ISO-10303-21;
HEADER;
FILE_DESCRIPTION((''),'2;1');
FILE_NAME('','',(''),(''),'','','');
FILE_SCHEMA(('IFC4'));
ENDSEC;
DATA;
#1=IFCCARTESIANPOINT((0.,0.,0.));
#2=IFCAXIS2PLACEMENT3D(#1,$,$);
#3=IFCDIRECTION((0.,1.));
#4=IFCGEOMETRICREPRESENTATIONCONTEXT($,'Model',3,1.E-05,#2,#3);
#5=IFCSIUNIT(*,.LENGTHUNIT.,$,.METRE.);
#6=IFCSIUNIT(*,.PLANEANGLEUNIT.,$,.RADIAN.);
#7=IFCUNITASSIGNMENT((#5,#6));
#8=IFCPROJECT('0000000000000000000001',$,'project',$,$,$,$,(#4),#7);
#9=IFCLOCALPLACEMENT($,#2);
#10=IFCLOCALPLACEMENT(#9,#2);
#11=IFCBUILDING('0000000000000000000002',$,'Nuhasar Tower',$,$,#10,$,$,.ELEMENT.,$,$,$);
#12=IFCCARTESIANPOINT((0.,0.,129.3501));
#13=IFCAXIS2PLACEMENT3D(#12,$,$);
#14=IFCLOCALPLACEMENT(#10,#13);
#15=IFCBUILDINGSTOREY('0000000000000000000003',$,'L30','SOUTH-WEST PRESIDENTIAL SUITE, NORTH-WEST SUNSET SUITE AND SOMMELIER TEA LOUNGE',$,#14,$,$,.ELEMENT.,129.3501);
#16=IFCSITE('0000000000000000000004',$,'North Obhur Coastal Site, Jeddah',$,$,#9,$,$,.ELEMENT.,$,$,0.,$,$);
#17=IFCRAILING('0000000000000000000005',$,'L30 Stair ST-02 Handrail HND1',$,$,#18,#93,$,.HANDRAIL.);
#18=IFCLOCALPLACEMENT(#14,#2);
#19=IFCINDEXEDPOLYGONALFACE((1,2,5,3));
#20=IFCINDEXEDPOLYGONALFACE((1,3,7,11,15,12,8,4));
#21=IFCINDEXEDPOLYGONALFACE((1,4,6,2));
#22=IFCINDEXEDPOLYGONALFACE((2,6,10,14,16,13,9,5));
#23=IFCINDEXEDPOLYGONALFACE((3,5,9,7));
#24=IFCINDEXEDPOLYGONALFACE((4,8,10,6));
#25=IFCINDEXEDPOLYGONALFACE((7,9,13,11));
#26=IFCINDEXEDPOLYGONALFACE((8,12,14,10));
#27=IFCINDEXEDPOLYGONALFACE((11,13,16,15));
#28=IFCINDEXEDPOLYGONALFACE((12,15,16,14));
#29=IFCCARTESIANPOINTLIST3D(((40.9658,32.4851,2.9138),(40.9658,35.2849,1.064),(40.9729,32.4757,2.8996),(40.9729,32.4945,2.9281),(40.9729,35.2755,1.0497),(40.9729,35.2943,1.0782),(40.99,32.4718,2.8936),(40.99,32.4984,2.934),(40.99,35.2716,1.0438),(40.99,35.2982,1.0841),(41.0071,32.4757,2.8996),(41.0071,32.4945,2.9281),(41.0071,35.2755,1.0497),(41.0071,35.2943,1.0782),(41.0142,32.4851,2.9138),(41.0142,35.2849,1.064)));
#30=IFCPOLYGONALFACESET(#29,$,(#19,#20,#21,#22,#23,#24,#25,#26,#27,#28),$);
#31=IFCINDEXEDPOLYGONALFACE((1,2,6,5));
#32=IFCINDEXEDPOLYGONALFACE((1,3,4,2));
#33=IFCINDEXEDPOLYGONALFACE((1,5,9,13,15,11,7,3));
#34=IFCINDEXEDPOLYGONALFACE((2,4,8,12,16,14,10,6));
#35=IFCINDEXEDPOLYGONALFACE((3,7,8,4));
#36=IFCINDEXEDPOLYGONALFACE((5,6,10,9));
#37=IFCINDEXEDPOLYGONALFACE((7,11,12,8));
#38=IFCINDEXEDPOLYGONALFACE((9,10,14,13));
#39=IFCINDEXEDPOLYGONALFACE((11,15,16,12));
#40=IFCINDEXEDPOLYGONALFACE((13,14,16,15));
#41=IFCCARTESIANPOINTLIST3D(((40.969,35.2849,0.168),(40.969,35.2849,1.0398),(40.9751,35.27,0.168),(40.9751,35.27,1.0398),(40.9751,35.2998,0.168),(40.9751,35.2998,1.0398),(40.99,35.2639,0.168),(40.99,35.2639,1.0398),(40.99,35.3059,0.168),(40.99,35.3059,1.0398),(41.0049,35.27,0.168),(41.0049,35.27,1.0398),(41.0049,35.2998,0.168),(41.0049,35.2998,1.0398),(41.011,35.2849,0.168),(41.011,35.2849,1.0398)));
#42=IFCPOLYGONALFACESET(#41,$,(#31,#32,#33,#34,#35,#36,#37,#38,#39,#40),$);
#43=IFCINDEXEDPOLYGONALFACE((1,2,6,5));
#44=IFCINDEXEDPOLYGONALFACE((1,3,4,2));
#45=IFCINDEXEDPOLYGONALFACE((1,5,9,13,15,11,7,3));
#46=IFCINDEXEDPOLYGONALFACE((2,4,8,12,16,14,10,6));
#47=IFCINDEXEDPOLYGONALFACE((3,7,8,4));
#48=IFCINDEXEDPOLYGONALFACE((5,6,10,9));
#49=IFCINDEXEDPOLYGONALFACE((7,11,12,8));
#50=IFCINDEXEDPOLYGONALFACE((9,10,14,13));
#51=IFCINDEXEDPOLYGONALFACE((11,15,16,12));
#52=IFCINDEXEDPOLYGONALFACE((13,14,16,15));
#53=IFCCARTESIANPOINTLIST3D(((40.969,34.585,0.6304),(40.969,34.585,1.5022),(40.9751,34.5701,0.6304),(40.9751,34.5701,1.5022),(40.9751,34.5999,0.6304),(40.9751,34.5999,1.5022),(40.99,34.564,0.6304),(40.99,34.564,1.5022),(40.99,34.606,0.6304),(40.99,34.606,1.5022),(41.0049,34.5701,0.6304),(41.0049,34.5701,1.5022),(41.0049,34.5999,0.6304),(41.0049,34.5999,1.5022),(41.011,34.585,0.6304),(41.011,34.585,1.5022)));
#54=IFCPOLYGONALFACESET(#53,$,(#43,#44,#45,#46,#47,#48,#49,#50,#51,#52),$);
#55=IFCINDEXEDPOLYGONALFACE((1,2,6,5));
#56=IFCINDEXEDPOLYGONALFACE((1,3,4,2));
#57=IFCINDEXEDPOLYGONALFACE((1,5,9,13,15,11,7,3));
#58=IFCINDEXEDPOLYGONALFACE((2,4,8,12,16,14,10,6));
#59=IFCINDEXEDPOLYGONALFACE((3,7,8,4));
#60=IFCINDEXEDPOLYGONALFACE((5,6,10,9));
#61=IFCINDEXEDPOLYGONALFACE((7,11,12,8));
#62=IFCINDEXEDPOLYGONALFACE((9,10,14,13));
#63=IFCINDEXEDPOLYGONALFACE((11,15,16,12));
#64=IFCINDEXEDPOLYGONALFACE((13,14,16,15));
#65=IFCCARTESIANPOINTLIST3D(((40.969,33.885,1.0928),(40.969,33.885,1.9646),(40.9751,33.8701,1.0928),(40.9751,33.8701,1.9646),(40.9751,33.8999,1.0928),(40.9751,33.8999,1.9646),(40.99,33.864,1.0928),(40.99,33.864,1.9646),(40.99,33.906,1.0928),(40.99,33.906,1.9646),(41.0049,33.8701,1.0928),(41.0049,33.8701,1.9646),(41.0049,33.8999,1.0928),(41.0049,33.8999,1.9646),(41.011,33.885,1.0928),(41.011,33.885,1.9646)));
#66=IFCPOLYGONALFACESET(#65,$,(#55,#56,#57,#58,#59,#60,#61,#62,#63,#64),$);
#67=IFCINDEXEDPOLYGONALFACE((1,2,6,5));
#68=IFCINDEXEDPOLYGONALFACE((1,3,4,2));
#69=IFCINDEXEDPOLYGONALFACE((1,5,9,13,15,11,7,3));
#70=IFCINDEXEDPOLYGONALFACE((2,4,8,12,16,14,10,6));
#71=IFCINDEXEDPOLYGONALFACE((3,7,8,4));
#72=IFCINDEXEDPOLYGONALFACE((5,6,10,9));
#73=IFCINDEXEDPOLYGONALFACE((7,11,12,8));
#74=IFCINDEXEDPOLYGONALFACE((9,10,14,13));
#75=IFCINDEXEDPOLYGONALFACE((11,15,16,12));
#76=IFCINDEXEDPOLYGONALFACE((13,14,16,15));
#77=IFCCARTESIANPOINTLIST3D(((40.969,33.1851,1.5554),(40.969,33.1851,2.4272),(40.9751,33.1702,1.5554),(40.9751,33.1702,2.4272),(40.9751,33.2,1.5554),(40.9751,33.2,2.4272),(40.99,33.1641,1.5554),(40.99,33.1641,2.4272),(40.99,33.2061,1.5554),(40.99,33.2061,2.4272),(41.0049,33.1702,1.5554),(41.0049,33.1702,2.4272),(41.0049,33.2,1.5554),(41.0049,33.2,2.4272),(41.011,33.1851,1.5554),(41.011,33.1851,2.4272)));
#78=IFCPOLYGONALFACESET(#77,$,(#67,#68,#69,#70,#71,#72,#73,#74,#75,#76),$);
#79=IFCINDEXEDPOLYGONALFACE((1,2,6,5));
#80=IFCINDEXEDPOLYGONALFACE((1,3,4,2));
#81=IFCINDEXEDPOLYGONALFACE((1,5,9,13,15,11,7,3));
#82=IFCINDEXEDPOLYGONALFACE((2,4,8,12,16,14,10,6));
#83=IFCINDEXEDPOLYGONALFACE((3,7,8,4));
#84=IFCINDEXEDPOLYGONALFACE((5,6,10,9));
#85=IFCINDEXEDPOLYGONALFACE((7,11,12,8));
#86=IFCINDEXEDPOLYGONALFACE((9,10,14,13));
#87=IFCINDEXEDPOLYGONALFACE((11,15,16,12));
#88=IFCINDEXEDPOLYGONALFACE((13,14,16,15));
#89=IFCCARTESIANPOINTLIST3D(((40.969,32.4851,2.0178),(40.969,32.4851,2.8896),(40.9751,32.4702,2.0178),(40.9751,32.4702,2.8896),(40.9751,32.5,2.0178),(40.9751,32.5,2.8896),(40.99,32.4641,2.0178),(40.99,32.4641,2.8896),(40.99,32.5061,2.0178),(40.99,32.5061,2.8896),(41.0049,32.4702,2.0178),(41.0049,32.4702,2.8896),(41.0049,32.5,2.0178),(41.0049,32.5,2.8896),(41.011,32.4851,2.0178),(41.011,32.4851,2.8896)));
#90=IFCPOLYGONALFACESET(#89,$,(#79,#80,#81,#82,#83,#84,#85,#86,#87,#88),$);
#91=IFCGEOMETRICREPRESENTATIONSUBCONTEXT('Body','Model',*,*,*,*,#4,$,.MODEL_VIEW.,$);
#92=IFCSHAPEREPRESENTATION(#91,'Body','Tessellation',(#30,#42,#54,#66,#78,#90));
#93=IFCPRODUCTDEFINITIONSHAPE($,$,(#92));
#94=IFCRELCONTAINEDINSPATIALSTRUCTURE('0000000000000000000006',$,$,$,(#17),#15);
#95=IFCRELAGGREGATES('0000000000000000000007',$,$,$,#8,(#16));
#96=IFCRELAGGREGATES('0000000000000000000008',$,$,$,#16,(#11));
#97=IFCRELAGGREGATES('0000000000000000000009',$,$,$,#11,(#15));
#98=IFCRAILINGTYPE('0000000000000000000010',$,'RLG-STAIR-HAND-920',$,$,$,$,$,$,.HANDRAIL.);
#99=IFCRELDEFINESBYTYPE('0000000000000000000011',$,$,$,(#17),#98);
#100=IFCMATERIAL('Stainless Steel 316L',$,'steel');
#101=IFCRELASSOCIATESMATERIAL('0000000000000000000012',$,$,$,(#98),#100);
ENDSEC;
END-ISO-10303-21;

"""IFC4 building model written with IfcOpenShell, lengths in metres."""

from ifc_helpers import new_model, si_unit, direction, frame, origin, place, context, subcontext, project, spatial, polyline, outline, extrude, material, type_object, element, save


model = new_model("IFC4")

# Units and contexts
model_context = context("Model", 3, precision=1e-05, world=origin(), true_north=direction((0.0, 1.0)))
body_context = subcontext(model_context, "Body", "Model", "MODEL_VIEW")
ifc_project = project(units=[si_unit("LENGTHUNIT", "METRE"), si_unit("PLANEANGLEUNIT", "RADIAN")], contexts=[model_context])

# Site, building, storey
site_placement = place(None, origin())
site = spatial("IfcSite", under=ifc_project, at=site_placement, Name="North Obhur Coastal Site, Jeddah", CompositionType="ELEMENT", RefElevation=0.0)
building_placement = place(site_placement, origin())
building = spatial("IfcBuilding", under=site, at=building_placement, Name="Nuhasar Tower", CompositionType="ELEMENT")
storey_placement = place(building_placement, frame((0.0, 0.0, 129.3501)))
storey = spatial("IfcBuildingStorey", under=building, at=storey_placement, Name="L30", Description="SOUTH-WEST PRESIDENTIAL SUITE, NORTH-WEST SUNSET SUITE AND SOMMELIER TEA LOUNGE", CompositionType="ELEMENT", Elevation=129.3501)

# Railing
ifc_material_1 = material(Name="Stainless Steel 316L", Category="steel")
railing_type_1 = type_object("IfcRailingType", Name="RLG-STAIR-HAND-920", PredefinedType="HANDRAIL", material=ifc_material_1)
railing_1_placement = place(storey_placement, frame((40.99, 35.2849, 0.168)))
element("IfcRailing", 1, at=railing_1_placement, inside=storey, type_object=railing_type_1, Name="L30 Stair ST-02 Handrail HND1", PredefinedType="HANDRAIL", context=body_context, shape_type="SweptSolid", body=[
    extrude(outline(polyline([(0.0242, 0.0), (0.0171, 0.0171), (0.0, 0.0242), (-0.0171, 0.0171), (-0.0242, 0.0), (-0.0171, -0.0171), (0.0, -0.0242), (0.0171, -0.0171), (0.0242, 0.0)])), frame((0.0, 0.0, 0.896), z_axis=(0.0, -0.834338, 0.551254), x_axis=(1.0, 0.0, 0.0)), (0.0, 0.0, 1.0), 3.3557),
    extrude(outline(polyline([(0.021, 0.0), (0.0149, 0.0149), (0.0, 0.021), (-0.0149, 0.0149), (-0.021, 0.0), (-0.0149, -0.0149), (0.0, -0.021), (0.0149, -0.0149), (0.021, 0.0)])), origin(), (0.0, 0.0, 1.0), 0.8718),
    extrude(outline(polyline([(0.021, 0.0), (0.0149, 0.0149), (0.0, 0.021), (-0.0149, 0.0149), (-0.021, 0.0), (-0.0149, -0.0149), (0.0, -0.021), (0.0149, -0.0149), (0.021, 0.0)])), frame((0.0, -0.7, 0.4624)), (0.0, 0.0, 1.0), 0.8718),
    extrude(outline(polyline([(0.021, 0.0), (0.0149, 0.0149), (0.0, 0.021), (-0.0149, 0.0149), (-0.021, 0.0), (-0.0149, -0.0149), (0.0, -0.021), (0.0149, -0.0149), (0.021, 0.0)])), frame((0.0, -1.3999, 0.9248)), (0.0, 0.0, 1.0), 0.8718),
    extrude(outline(polyline([(0.021, 0.0), (0.0149, 0.0149), (0.0, 0.021), (-0.0149, 0.0149), (-0.021, 0.0), (-0.0149, -0.0149), (0.0, -0.021), (0.0149, -0.0149), (0.021, 0.0)])), frame((0.0, -2.0999, 1.3875)), (0.0, 0.0, 1.0), 0.8718),
    extrude(outline(polyline([(0.021, 0.0), (0.0149, 0.0149), (0.0, 0.021), (-0.0149, 0.0149), (-0.021, 0.0), (-0.0149, -0.0149), (0.0, -0.021), (0.0149, -0.0149), (0.021, 0.0)])), frame((0.0, -2.7998, 1.8499)), (0.0, 0.0, 1.0), 0.8718),
])

save(model, "model.ifc")
